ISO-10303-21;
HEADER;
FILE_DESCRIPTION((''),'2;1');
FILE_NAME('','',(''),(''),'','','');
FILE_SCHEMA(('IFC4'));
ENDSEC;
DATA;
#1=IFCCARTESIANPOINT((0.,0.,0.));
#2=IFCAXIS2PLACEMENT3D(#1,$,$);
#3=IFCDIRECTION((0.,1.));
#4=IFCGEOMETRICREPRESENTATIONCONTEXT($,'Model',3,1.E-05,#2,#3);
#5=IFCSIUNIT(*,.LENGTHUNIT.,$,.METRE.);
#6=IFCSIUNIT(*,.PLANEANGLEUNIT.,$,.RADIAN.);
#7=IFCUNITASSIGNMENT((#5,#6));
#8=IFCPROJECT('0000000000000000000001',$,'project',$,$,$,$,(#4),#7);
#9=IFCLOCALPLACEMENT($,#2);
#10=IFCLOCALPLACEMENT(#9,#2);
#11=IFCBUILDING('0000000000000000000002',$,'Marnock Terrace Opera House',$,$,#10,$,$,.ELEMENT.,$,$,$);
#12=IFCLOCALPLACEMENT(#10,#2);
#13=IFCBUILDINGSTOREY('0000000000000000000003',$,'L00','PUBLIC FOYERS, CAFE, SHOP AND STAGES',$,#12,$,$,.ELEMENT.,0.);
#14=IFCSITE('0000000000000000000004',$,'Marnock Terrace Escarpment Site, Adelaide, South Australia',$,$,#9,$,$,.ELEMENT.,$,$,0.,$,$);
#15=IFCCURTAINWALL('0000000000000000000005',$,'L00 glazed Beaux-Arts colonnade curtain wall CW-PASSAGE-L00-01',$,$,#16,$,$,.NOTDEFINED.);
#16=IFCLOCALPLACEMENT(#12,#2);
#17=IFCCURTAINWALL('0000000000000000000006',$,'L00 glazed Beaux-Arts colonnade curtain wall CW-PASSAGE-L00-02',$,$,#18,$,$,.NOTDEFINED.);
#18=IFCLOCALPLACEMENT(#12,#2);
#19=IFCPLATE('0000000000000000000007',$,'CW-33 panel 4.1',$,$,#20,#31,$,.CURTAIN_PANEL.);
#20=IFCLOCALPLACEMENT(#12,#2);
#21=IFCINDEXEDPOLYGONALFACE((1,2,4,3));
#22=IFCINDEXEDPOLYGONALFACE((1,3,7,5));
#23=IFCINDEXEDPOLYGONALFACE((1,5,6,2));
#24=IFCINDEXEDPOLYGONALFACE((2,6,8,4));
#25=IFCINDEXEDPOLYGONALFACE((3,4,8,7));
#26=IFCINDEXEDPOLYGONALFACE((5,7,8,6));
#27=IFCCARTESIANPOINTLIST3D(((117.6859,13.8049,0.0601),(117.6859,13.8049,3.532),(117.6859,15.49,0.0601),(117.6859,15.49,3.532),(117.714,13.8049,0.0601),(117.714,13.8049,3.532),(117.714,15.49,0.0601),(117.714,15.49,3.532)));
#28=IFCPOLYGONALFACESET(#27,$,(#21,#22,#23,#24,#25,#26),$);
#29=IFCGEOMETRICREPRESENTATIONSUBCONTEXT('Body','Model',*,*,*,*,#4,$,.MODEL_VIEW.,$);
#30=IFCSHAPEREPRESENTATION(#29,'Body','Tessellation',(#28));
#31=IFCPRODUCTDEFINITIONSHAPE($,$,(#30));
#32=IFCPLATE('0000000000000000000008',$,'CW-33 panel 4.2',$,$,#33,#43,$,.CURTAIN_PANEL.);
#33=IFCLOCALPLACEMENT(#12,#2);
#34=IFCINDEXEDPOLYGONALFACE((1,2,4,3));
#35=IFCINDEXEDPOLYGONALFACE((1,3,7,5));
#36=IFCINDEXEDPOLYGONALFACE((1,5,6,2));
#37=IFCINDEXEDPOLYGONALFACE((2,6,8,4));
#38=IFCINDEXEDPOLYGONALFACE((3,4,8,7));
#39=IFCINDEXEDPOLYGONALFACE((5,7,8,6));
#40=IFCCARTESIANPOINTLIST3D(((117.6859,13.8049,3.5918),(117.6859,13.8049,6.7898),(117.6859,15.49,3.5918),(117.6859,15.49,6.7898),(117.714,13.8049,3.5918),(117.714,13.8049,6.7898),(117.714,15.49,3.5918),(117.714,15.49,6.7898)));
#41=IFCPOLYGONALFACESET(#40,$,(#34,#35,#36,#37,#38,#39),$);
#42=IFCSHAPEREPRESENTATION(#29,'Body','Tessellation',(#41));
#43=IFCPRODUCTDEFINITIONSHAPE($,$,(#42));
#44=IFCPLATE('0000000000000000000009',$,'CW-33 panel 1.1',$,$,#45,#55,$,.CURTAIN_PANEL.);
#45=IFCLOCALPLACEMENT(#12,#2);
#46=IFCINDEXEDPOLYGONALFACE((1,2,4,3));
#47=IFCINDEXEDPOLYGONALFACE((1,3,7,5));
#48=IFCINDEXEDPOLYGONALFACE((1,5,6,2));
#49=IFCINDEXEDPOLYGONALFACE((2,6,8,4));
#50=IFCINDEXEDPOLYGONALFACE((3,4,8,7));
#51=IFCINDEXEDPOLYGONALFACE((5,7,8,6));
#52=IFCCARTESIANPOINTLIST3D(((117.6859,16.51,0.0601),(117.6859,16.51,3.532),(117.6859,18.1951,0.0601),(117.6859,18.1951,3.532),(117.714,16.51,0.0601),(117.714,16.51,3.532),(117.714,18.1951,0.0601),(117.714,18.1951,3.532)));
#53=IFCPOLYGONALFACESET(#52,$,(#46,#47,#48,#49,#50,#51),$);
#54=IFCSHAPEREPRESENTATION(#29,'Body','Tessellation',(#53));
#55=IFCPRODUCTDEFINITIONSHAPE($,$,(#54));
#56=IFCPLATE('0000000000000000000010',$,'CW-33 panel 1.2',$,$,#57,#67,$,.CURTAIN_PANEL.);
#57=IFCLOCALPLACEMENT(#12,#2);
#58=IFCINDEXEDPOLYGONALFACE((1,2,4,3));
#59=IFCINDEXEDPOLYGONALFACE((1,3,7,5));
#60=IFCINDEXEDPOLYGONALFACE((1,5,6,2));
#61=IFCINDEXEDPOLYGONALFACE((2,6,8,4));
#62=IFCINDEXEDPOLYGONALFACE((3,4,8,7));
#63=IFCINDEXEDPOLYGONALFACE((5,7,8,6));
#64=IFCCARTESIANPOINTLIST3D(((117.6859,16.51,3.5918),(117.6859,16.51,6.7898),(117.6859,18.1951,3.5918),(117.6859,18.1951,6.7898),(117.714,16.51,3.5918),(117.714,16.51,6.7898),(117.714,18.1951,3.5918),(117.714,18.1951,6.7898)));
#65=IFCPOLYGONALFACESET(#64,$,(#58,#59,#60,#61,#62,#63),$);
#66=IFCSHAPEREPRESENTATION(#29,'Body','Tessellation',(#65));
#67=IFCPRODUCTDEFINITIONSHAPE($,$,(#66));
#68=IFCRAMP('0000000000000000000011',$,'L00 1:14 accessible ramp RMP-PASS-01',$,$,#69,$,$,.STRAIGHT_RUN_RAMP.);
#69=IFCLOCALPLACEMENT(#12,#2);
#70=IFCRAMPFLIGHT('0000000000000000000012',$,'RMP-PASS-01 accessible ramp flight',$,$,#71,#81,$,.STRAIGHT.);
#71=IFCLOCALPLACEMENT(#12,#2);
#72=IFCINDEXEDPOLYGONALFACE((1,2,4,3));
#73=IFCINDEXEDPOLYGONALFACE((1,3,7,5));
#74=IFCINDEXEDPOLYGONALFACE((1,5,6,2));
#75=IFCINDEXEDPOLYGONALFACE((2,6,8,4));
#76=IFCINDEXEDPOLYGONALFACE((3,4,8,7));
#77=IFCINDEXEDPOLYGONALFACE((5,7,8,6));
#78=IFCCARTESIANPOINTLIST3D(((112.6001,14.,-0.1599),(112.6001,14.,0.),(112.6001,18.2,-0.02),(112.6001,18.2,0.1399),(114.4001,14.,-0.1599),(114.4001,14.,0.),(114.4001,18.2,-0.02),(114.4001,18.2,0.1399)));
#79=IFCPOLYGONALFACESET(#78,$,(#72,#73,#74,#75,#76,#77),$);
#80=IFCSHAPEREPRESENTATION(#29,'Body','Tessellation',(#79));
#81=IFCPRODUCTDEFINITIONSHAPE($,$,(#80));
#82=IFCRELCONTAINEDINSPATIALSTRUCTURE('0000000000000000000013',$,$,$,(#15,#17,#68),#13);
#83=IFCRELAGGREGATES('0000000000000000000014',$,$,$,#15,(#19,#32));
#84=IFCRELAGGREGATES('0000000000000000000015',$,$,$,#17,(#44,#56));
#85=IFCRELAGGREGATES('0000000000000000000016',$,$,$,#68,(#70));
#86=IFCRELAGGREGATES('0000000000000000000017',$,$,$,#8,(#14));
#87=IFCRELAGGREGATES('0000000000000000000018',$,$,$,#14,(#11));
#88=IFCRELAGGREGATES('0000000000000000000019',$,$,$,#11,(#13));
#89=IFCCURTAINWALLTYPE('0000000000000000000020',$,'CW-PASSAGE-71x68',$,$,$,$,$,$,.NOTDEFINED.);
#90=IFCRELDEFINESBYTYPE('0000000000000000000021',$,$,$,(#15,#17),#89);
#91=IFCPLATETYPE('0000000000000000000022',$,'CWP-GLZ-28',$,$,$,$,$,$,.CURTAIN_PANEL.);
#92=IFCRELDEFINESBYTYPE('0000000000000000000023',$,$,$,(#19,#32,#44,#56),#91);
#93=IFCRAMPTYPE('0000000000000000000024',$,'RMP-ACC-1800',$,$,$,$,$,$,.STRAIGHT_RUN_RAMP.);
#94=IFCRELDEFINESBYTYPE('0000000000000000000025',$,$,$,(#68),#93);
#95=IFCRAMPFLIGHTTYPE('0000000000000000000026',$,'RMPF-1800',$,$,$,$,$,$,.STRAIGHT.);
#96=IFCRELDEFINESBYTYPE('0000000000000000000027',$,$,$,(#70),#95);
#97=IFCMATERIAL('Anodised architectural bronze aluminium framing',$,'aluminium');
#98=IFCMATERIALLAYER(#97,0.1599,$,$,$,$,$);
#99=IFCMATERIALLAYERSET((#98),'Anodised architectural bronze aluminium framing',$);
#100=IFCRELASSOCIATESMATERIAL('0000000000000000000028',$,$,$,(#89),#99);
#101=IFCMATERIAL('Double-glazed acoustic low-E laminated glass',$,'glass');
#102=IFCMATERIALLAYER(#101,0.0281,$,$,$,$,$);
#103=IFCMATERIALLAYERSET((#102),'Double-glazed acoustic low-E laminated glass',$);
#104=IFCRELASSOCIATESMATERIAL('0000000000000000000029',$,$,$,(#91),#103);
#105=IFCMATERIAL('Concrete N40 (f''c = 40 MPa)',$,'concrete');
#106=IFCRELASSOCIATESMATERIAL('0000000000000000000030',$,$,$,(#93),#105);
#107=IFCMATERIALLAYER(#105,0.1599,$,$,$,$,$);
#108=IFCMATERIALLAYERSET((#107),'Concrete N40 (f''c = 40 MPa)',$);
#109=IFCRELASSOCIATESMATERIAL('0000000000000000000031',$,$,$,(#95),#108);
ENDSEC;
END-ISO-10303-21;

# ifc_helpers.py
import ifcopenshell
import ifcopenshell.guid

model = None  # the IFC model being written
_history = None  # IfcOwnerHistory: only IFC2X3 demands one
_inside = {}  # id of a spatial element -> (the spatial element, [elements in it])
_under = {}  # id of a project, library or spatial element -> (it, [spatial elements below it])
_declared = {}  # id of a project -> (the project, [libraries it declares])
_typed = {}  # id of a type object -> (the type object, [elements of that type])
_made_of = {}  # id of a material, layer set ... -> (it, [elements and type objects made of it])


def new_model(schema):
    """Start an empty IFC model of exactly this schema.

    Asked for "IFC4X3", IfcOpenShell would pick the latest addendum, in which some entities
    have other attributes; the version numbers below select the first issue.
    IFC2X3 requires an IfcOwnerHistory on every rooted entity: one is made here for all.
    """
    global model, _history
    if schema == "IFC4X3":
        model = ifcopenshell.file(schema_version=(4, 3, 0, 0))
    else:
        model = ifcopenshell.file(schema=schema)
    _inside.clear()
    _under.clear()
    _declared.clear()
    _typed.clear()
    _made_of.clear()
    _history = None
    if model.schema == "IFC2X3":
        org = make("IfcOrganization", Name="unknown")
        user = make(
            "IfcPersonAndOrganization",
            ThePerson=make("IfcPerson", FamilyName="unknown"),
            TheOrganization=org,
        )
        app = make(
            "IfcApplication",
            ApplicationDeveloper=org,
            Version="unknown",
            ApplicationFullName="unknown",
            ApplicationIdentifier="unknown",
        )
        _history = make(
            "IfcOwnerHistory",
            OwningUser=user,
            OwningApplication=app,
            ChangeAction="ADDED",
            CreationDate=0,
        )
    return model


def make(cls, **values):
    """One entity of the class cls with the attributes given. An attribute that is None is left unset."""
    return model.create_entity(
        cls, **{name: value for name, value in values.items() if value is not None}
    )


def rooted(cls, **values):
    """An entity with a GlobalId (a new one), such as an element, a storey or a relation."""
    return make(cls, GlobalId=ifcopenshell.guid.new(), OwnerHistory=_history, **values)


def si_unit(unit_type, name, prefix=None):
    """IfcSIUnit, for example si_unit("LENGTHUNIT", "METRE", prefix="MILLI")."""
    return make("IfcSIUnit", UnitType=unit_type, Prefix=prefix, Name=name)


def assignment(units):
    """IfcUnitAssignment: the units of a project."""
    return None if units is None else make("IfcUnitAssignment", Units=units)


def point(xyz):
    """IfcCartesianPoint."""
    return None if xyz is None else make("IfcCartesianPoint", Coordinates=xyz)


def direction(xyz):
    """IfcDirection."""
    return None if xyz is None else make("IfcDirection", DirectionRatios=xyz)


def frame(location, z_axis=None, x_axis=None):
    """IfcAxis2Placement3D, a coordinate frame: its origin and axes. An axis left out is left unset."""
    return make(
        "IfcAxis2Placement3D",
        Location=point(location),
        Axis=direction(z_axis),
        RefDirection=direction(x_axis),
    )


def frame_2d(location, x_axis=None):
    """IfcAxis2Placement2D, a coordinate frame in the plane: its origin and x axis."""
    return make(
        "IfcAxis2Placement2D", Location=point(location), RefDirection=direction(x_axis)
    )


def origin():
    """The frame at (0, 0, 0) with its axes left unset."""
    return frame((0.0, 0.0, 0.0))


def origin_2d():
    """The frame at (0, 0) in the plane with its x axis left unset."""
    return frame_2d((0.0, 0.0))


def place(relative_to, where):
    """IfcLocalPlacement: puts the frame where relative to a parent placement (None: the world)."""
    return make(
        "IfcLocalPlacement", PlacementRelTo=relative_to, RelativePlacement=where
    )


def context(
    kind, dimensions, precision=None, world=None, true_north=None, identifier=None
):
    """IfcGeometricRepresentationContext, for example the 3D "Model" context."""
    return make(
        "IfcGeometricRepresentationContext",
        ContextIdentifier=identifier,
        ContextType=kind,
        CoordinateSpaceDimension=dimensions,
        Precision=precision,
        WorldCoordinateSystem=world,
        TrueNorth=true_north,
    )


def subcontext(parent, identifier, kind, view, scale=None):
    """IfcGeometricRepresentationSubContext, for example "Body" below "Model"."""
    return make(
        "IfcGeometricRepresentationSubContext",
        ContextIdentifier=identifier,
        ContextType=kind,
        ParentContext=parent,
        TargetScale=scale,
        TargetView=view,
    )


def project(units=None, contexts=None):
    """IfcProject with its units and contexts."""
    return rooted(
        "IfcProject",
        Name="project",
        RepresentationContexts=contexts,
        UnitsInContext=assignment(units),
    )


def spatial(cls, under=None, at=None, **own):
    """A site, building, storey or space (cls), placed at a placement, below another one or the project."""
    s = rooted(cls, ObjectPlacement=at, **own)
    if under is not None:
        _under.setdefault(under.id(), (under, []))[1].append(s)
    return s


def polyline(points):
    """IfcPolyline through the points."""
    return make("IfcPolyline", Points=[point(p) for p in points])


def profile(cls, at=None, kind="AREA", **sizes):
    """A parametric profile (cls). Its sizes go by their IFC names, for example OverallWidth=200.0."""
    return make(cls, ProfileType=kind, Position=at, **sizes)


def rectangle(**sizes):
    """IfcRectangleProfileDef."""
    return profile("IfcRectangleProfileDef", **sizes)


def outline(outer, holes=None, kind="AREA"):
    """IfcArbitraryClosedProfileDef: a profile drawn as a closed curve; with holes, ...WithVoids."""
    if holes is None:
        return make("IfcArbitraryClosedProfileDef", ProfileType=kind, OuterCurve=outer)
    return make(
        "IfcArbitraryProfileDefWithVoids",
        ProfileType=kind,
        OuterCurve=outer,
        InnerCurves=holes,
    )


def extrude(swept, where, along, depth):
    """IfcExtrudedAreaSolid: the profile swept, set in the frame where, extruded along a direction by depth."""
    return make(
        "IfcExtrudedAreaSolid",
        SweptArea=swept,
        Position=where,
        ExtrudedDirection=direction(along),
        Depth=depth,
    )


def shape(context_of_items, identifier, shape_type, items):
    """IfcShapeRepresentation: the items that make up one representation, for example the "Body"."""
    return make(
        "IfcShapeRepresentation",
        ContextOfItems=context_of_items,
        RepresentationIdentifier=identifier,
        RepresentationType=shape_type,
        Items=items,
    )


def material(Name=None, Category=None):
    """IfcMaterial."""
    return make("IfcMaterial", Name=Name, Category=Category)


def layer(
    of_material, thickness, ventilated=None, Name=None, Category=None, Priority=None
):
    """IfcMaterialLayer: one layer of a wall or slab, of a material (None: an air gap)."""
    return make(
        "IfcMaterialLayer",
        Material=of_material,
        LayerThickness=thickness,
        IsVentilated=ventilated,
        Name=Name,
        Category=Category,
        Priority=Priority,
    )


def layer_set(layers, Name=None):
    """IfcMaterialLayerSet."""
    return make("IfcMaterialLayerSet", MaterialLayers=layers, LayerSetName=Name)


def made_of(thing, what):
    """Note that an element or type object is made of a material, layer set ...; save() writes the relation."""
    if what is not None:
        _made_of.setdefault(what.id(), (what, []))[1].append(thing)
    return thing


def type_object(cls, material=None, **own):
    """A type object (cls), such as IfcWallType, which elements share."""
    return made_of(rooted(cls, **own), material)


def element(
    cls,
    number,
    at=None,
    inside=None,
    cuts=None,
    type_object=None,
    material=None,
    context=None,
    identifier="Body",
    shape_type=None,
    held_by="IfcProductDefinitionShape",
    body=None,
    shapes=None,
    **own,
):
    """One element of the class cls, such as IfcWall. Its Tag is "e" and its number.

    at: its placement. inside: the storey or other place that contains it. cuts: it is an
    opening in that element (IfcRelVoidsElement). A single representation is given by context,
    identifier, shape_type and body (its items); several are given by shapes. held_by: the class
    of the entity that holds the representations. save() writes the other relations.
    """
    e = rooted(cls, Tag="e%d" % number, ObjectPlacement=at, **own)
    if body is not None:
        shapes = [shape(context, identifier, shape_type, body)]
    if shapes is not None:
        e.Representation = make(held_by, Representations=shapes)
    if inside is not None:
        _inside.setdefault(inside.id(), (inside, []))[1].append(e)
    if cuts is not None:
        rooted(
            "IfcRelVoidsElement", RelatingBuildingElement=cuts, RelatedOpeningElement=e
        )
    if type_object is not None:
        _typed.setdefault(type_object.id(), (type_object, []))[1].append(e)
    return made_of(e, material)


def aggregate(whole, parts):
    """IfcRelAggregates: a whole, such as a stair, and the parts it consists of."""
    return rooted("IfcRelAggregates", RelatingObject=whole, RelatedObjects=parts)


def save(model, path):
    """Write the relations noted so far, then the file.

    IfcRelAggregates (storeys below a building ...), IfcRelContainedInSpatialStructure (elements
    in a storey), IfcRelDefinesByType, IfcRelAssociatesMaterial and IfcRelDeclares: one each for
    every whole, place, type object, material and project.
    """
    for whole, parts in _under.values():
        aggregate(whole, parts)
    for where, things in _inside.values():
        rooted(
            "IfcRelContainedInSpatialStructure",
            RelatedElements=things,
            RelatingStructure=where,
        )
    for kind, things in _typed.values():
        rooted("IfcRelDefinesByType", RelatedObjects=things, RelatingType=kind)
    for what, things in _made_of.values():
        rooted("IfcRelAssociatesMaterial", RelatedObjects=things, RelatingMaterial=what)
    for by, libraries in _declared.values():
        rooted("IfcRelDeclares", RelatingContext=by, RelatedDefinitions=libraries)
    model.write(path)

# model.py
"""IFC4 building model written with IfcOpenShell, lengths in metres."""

from ifc_helpers import new_model, si_unit, direction, frame, origin, origin_2d, place, context, subcontext, project, spatial, polyline, rectangle, outline, extrude, material, layer, layer_set, type_object, element, aggregate, save


model = new_model("IFC4")

# Units and contexts
model_context = context("Model", 3, precision=1e-05, world=origin(), true_north=direction((0.0, 1.0)))
body_context = subcontext(model_context, "Body", "Model", "MODEL_VIEW")
ifc_project = project(units=[si_unit("LENGTHUNIT", "METRE"), si_unit("PLANEANGLEUNIT", "RADIAN")], contexts=[model_context])

# Site, building, storey
site_placement = place(None, origin())
site = spatial("IfcSite", under=ifc_project, at=site_placement, Name="Marnock Terrace Escarpment Site, Adelaide, South Australia", CompositionType="ELEMENT", RefElevation=0.0)
building_placement = place(site_placement, origin())
building = spatial("IfcBuilding", under=site, at=building_placement, Name="Marnock Terrace Opera House", CompositionType="ELEMENT")
storey_placement = place(building_placement, origin())
storey = spatial("IfcBuildingStorey", under=building, at=storey_placement, Name="L00", Description="PUBLIC FOYERS, CAFE, SHOP AND STAGES", CompositionType="ELEMENT", Elevation=0.0)

# Curtain wall
ifc_material_1 = material(Name="Anodised architectural bronze aluminium framing", Category="aluminium")
ifc_layer_1 = layer(ifc_material_1, 0.1599)
ifc_layer_set_1 = layer_set([ifc_layer_1], Name="Anodised architectural bronze aluminium framing")
curtain_wall_type_1 = type_object("IfcCurtainWallType", Name="CW-PASSAGE-71x68", PredefinedType="NOTDEFINED", material=ifc_layer_set_1)
curtain_wall_1_placement = place(storey_placement, origin())
curtain_wall_1 = element("IfcCurtainWall", 1, at=curtain_wall_1_placement, inside=storey, type_object=curtain_wall_type_1, Name="L00 glazed Beaux-Arts colonnade curtain wall CW-PASSAGE-L00-01", PredefinedType="NOTDEFINED")

# Curtain wall
curtain_wall_2_placement = place(storey_placement, origin())
curtain_wall_2 = element("IfcCurtainWall", 2, at=curtain_wall_2_placement, inside=storey, type_object=curtain_wall_type_1, Name="L00 glazed Beaux-Arts colonnade curtain wall CW-PASSAGE-L00-02", PredefinedType="NOTDEFINED")

# Plates
ifc_material_2 = material(Name="Double-glazed acoustic low-E laminated glass", Category="glass")
ifc_layer_2 = layer(ifc_material_2, 0.0281)
ifc_layer_set_2 = layer_set([ifc_layer_2], Name="Double-glazed acoustic low-E laminated glass")
plate_type = type_object("IfcPlateType", Name="CWP-GLZ-28", PredefinedType="CURTAIN_PANEL", material=ifc_layer_set_2)
plate_1_placement = place(storey_placement, frame((117.7, 14.6475, 0.0601), z_axis=(0.0, 0.0, 1.0), x_axis=(0.0, 1.0, 0.0)))
plate_1 = element("IfcPlate", 3, at=plate_1_placement, type_object=plate_type, Name="CW-33 panel 4.1", PredefinedType="CURTAIN_PANEL", context=body_context, shape_type="SweptSolid", body=[
    extrude(rectangle(XDim=1.6851, YDim=0.0281, at=origin_2d()), origin(), (0.0, 0.0, 1.0), 3.4719),
])
plate_2_placement = place(storey_placement, frame((117.7, 14.6475, 3.5918), z_axis=(0.0, 0.0, 1.0), x_axis=(0.0, 1.0, 0.0)))
plate_2 = element("IfcPlate", 4, at=plate_2_placement, type_object=plate_type, Name="CW-33 panel 4.2", PredefinedType="CURTAIN_PANEL", context=body_context, shape_type="SweptSolid", body=[
    extrude(rectangle(XDim=1.6851, YDim=0.0281, at=origin_2d()), origin(), (0.0, 0.0, 1.0), 3.198),
])
aggregate(curtain_wall_1, [plate_1, plate_2])
plate_3_placement = place(storey_placement, frame((117.7, 17.3525, 0.0601), z_axis=(0.0, 0.0, 1.0), x_axis=(0.0, 1.0, 0.0)))
plate_3 = element("IfcPlate", 5, at=plate_3_placement, type_object=plate_type, Name="CW-33 panel 1.1", PredefinedType="CURTAIN_PANEL", context=body_context, shape_type="SweptSolid", body=[
    extrude(rectangle(XDim=1.6851, YDim=0.0281, at=origin_2d()), origin(), (0.0, 0.0, 1.0), 3.4719),
])
plate_4_placement = place(storey_placement, frame((117.7, 17.3525, 3.5918), z_axis=(0.0, 0.0, 1.0), x_axis=(0.0, 1.0, 0.0)))
plate_4 = element("IfcPlate", 6, at=plate_4_placement, type_object=plate_type, Name="CW-33 panel 1.2", PredefinedType="CURTAIN_PANEL", context=body_context, shape_type="SweptSolid", body=[
    extrude(rectangle(XDim=1.6851, YDim=0.0281, at=origin_2d()), origin(), (0.0, 0.0, 1.0), 3.198),
])
aggregate(curtain_wall_2, [plate_3, plate_4])

# Ramp, ramp flight
ifc_material_3 = material(Name="Concrete N40 (f'c = 40 MPa)", Category="concrete")
ramp_type = type_object("IfcRampType", Name="RMP-ACC-1800", PredefinedType="STRAIGHT_RUN_RAMP", material=ifc_material_3)
ramp_placement = place(storey_placement, origin())
ramp = element("IfcRamp", 7, at=ramp_placement, inside=storey, type_object=ramp_type, Name="L00 1:14 accessible ramp RMP-PASS-01", PredefinedType="STRAIGHT_RUN_RAMP")
ifc_layer_3 = layer(ifc_material_3, 0.1599)
ifc_layer_set_3 = layer_set([ifc_layer_3], Name="Concrete N40 (f'c = 40 MPa)")
ramp_flight_type = type_object("IfcRampFlightType", Name="RMPF-1800", PredefinedType="STRAIGHT", material=ifc_layer_set_3)
ramp_flight_placement = place(storey_placement, frame((113.5, 14.0, 0.0), z_axis=(0.0, 0.0, 1.0), x_axis=(0.0, 1.0, 0.0)))
ramp_flight = element("IfcRampFlight", 8, at=ramp_flight_placement, type_object=ramp_flight_type, Name="RMP-PASS-01 accessible ramp flight", PredefinedType="STRAIGHT", context=body_context, shape_type="SweptSolid", body=[
    extrude(outline(polyline([(0.0, 0.0), (0.0, -0.1599), (4.2, -0.02), (4.2, 0.1399), (0.0, 0.0)])), frame((0.0, 0.8999, 0.0), z_axis=(0.0, -1.0, 0.0), x_axis=(1.0, 0.0, 0.0)), (0.0, 0.0, 1.0), 1.8),
])
aggregate(ramp, [ramp_flight])

save(model, "model.ifc")
